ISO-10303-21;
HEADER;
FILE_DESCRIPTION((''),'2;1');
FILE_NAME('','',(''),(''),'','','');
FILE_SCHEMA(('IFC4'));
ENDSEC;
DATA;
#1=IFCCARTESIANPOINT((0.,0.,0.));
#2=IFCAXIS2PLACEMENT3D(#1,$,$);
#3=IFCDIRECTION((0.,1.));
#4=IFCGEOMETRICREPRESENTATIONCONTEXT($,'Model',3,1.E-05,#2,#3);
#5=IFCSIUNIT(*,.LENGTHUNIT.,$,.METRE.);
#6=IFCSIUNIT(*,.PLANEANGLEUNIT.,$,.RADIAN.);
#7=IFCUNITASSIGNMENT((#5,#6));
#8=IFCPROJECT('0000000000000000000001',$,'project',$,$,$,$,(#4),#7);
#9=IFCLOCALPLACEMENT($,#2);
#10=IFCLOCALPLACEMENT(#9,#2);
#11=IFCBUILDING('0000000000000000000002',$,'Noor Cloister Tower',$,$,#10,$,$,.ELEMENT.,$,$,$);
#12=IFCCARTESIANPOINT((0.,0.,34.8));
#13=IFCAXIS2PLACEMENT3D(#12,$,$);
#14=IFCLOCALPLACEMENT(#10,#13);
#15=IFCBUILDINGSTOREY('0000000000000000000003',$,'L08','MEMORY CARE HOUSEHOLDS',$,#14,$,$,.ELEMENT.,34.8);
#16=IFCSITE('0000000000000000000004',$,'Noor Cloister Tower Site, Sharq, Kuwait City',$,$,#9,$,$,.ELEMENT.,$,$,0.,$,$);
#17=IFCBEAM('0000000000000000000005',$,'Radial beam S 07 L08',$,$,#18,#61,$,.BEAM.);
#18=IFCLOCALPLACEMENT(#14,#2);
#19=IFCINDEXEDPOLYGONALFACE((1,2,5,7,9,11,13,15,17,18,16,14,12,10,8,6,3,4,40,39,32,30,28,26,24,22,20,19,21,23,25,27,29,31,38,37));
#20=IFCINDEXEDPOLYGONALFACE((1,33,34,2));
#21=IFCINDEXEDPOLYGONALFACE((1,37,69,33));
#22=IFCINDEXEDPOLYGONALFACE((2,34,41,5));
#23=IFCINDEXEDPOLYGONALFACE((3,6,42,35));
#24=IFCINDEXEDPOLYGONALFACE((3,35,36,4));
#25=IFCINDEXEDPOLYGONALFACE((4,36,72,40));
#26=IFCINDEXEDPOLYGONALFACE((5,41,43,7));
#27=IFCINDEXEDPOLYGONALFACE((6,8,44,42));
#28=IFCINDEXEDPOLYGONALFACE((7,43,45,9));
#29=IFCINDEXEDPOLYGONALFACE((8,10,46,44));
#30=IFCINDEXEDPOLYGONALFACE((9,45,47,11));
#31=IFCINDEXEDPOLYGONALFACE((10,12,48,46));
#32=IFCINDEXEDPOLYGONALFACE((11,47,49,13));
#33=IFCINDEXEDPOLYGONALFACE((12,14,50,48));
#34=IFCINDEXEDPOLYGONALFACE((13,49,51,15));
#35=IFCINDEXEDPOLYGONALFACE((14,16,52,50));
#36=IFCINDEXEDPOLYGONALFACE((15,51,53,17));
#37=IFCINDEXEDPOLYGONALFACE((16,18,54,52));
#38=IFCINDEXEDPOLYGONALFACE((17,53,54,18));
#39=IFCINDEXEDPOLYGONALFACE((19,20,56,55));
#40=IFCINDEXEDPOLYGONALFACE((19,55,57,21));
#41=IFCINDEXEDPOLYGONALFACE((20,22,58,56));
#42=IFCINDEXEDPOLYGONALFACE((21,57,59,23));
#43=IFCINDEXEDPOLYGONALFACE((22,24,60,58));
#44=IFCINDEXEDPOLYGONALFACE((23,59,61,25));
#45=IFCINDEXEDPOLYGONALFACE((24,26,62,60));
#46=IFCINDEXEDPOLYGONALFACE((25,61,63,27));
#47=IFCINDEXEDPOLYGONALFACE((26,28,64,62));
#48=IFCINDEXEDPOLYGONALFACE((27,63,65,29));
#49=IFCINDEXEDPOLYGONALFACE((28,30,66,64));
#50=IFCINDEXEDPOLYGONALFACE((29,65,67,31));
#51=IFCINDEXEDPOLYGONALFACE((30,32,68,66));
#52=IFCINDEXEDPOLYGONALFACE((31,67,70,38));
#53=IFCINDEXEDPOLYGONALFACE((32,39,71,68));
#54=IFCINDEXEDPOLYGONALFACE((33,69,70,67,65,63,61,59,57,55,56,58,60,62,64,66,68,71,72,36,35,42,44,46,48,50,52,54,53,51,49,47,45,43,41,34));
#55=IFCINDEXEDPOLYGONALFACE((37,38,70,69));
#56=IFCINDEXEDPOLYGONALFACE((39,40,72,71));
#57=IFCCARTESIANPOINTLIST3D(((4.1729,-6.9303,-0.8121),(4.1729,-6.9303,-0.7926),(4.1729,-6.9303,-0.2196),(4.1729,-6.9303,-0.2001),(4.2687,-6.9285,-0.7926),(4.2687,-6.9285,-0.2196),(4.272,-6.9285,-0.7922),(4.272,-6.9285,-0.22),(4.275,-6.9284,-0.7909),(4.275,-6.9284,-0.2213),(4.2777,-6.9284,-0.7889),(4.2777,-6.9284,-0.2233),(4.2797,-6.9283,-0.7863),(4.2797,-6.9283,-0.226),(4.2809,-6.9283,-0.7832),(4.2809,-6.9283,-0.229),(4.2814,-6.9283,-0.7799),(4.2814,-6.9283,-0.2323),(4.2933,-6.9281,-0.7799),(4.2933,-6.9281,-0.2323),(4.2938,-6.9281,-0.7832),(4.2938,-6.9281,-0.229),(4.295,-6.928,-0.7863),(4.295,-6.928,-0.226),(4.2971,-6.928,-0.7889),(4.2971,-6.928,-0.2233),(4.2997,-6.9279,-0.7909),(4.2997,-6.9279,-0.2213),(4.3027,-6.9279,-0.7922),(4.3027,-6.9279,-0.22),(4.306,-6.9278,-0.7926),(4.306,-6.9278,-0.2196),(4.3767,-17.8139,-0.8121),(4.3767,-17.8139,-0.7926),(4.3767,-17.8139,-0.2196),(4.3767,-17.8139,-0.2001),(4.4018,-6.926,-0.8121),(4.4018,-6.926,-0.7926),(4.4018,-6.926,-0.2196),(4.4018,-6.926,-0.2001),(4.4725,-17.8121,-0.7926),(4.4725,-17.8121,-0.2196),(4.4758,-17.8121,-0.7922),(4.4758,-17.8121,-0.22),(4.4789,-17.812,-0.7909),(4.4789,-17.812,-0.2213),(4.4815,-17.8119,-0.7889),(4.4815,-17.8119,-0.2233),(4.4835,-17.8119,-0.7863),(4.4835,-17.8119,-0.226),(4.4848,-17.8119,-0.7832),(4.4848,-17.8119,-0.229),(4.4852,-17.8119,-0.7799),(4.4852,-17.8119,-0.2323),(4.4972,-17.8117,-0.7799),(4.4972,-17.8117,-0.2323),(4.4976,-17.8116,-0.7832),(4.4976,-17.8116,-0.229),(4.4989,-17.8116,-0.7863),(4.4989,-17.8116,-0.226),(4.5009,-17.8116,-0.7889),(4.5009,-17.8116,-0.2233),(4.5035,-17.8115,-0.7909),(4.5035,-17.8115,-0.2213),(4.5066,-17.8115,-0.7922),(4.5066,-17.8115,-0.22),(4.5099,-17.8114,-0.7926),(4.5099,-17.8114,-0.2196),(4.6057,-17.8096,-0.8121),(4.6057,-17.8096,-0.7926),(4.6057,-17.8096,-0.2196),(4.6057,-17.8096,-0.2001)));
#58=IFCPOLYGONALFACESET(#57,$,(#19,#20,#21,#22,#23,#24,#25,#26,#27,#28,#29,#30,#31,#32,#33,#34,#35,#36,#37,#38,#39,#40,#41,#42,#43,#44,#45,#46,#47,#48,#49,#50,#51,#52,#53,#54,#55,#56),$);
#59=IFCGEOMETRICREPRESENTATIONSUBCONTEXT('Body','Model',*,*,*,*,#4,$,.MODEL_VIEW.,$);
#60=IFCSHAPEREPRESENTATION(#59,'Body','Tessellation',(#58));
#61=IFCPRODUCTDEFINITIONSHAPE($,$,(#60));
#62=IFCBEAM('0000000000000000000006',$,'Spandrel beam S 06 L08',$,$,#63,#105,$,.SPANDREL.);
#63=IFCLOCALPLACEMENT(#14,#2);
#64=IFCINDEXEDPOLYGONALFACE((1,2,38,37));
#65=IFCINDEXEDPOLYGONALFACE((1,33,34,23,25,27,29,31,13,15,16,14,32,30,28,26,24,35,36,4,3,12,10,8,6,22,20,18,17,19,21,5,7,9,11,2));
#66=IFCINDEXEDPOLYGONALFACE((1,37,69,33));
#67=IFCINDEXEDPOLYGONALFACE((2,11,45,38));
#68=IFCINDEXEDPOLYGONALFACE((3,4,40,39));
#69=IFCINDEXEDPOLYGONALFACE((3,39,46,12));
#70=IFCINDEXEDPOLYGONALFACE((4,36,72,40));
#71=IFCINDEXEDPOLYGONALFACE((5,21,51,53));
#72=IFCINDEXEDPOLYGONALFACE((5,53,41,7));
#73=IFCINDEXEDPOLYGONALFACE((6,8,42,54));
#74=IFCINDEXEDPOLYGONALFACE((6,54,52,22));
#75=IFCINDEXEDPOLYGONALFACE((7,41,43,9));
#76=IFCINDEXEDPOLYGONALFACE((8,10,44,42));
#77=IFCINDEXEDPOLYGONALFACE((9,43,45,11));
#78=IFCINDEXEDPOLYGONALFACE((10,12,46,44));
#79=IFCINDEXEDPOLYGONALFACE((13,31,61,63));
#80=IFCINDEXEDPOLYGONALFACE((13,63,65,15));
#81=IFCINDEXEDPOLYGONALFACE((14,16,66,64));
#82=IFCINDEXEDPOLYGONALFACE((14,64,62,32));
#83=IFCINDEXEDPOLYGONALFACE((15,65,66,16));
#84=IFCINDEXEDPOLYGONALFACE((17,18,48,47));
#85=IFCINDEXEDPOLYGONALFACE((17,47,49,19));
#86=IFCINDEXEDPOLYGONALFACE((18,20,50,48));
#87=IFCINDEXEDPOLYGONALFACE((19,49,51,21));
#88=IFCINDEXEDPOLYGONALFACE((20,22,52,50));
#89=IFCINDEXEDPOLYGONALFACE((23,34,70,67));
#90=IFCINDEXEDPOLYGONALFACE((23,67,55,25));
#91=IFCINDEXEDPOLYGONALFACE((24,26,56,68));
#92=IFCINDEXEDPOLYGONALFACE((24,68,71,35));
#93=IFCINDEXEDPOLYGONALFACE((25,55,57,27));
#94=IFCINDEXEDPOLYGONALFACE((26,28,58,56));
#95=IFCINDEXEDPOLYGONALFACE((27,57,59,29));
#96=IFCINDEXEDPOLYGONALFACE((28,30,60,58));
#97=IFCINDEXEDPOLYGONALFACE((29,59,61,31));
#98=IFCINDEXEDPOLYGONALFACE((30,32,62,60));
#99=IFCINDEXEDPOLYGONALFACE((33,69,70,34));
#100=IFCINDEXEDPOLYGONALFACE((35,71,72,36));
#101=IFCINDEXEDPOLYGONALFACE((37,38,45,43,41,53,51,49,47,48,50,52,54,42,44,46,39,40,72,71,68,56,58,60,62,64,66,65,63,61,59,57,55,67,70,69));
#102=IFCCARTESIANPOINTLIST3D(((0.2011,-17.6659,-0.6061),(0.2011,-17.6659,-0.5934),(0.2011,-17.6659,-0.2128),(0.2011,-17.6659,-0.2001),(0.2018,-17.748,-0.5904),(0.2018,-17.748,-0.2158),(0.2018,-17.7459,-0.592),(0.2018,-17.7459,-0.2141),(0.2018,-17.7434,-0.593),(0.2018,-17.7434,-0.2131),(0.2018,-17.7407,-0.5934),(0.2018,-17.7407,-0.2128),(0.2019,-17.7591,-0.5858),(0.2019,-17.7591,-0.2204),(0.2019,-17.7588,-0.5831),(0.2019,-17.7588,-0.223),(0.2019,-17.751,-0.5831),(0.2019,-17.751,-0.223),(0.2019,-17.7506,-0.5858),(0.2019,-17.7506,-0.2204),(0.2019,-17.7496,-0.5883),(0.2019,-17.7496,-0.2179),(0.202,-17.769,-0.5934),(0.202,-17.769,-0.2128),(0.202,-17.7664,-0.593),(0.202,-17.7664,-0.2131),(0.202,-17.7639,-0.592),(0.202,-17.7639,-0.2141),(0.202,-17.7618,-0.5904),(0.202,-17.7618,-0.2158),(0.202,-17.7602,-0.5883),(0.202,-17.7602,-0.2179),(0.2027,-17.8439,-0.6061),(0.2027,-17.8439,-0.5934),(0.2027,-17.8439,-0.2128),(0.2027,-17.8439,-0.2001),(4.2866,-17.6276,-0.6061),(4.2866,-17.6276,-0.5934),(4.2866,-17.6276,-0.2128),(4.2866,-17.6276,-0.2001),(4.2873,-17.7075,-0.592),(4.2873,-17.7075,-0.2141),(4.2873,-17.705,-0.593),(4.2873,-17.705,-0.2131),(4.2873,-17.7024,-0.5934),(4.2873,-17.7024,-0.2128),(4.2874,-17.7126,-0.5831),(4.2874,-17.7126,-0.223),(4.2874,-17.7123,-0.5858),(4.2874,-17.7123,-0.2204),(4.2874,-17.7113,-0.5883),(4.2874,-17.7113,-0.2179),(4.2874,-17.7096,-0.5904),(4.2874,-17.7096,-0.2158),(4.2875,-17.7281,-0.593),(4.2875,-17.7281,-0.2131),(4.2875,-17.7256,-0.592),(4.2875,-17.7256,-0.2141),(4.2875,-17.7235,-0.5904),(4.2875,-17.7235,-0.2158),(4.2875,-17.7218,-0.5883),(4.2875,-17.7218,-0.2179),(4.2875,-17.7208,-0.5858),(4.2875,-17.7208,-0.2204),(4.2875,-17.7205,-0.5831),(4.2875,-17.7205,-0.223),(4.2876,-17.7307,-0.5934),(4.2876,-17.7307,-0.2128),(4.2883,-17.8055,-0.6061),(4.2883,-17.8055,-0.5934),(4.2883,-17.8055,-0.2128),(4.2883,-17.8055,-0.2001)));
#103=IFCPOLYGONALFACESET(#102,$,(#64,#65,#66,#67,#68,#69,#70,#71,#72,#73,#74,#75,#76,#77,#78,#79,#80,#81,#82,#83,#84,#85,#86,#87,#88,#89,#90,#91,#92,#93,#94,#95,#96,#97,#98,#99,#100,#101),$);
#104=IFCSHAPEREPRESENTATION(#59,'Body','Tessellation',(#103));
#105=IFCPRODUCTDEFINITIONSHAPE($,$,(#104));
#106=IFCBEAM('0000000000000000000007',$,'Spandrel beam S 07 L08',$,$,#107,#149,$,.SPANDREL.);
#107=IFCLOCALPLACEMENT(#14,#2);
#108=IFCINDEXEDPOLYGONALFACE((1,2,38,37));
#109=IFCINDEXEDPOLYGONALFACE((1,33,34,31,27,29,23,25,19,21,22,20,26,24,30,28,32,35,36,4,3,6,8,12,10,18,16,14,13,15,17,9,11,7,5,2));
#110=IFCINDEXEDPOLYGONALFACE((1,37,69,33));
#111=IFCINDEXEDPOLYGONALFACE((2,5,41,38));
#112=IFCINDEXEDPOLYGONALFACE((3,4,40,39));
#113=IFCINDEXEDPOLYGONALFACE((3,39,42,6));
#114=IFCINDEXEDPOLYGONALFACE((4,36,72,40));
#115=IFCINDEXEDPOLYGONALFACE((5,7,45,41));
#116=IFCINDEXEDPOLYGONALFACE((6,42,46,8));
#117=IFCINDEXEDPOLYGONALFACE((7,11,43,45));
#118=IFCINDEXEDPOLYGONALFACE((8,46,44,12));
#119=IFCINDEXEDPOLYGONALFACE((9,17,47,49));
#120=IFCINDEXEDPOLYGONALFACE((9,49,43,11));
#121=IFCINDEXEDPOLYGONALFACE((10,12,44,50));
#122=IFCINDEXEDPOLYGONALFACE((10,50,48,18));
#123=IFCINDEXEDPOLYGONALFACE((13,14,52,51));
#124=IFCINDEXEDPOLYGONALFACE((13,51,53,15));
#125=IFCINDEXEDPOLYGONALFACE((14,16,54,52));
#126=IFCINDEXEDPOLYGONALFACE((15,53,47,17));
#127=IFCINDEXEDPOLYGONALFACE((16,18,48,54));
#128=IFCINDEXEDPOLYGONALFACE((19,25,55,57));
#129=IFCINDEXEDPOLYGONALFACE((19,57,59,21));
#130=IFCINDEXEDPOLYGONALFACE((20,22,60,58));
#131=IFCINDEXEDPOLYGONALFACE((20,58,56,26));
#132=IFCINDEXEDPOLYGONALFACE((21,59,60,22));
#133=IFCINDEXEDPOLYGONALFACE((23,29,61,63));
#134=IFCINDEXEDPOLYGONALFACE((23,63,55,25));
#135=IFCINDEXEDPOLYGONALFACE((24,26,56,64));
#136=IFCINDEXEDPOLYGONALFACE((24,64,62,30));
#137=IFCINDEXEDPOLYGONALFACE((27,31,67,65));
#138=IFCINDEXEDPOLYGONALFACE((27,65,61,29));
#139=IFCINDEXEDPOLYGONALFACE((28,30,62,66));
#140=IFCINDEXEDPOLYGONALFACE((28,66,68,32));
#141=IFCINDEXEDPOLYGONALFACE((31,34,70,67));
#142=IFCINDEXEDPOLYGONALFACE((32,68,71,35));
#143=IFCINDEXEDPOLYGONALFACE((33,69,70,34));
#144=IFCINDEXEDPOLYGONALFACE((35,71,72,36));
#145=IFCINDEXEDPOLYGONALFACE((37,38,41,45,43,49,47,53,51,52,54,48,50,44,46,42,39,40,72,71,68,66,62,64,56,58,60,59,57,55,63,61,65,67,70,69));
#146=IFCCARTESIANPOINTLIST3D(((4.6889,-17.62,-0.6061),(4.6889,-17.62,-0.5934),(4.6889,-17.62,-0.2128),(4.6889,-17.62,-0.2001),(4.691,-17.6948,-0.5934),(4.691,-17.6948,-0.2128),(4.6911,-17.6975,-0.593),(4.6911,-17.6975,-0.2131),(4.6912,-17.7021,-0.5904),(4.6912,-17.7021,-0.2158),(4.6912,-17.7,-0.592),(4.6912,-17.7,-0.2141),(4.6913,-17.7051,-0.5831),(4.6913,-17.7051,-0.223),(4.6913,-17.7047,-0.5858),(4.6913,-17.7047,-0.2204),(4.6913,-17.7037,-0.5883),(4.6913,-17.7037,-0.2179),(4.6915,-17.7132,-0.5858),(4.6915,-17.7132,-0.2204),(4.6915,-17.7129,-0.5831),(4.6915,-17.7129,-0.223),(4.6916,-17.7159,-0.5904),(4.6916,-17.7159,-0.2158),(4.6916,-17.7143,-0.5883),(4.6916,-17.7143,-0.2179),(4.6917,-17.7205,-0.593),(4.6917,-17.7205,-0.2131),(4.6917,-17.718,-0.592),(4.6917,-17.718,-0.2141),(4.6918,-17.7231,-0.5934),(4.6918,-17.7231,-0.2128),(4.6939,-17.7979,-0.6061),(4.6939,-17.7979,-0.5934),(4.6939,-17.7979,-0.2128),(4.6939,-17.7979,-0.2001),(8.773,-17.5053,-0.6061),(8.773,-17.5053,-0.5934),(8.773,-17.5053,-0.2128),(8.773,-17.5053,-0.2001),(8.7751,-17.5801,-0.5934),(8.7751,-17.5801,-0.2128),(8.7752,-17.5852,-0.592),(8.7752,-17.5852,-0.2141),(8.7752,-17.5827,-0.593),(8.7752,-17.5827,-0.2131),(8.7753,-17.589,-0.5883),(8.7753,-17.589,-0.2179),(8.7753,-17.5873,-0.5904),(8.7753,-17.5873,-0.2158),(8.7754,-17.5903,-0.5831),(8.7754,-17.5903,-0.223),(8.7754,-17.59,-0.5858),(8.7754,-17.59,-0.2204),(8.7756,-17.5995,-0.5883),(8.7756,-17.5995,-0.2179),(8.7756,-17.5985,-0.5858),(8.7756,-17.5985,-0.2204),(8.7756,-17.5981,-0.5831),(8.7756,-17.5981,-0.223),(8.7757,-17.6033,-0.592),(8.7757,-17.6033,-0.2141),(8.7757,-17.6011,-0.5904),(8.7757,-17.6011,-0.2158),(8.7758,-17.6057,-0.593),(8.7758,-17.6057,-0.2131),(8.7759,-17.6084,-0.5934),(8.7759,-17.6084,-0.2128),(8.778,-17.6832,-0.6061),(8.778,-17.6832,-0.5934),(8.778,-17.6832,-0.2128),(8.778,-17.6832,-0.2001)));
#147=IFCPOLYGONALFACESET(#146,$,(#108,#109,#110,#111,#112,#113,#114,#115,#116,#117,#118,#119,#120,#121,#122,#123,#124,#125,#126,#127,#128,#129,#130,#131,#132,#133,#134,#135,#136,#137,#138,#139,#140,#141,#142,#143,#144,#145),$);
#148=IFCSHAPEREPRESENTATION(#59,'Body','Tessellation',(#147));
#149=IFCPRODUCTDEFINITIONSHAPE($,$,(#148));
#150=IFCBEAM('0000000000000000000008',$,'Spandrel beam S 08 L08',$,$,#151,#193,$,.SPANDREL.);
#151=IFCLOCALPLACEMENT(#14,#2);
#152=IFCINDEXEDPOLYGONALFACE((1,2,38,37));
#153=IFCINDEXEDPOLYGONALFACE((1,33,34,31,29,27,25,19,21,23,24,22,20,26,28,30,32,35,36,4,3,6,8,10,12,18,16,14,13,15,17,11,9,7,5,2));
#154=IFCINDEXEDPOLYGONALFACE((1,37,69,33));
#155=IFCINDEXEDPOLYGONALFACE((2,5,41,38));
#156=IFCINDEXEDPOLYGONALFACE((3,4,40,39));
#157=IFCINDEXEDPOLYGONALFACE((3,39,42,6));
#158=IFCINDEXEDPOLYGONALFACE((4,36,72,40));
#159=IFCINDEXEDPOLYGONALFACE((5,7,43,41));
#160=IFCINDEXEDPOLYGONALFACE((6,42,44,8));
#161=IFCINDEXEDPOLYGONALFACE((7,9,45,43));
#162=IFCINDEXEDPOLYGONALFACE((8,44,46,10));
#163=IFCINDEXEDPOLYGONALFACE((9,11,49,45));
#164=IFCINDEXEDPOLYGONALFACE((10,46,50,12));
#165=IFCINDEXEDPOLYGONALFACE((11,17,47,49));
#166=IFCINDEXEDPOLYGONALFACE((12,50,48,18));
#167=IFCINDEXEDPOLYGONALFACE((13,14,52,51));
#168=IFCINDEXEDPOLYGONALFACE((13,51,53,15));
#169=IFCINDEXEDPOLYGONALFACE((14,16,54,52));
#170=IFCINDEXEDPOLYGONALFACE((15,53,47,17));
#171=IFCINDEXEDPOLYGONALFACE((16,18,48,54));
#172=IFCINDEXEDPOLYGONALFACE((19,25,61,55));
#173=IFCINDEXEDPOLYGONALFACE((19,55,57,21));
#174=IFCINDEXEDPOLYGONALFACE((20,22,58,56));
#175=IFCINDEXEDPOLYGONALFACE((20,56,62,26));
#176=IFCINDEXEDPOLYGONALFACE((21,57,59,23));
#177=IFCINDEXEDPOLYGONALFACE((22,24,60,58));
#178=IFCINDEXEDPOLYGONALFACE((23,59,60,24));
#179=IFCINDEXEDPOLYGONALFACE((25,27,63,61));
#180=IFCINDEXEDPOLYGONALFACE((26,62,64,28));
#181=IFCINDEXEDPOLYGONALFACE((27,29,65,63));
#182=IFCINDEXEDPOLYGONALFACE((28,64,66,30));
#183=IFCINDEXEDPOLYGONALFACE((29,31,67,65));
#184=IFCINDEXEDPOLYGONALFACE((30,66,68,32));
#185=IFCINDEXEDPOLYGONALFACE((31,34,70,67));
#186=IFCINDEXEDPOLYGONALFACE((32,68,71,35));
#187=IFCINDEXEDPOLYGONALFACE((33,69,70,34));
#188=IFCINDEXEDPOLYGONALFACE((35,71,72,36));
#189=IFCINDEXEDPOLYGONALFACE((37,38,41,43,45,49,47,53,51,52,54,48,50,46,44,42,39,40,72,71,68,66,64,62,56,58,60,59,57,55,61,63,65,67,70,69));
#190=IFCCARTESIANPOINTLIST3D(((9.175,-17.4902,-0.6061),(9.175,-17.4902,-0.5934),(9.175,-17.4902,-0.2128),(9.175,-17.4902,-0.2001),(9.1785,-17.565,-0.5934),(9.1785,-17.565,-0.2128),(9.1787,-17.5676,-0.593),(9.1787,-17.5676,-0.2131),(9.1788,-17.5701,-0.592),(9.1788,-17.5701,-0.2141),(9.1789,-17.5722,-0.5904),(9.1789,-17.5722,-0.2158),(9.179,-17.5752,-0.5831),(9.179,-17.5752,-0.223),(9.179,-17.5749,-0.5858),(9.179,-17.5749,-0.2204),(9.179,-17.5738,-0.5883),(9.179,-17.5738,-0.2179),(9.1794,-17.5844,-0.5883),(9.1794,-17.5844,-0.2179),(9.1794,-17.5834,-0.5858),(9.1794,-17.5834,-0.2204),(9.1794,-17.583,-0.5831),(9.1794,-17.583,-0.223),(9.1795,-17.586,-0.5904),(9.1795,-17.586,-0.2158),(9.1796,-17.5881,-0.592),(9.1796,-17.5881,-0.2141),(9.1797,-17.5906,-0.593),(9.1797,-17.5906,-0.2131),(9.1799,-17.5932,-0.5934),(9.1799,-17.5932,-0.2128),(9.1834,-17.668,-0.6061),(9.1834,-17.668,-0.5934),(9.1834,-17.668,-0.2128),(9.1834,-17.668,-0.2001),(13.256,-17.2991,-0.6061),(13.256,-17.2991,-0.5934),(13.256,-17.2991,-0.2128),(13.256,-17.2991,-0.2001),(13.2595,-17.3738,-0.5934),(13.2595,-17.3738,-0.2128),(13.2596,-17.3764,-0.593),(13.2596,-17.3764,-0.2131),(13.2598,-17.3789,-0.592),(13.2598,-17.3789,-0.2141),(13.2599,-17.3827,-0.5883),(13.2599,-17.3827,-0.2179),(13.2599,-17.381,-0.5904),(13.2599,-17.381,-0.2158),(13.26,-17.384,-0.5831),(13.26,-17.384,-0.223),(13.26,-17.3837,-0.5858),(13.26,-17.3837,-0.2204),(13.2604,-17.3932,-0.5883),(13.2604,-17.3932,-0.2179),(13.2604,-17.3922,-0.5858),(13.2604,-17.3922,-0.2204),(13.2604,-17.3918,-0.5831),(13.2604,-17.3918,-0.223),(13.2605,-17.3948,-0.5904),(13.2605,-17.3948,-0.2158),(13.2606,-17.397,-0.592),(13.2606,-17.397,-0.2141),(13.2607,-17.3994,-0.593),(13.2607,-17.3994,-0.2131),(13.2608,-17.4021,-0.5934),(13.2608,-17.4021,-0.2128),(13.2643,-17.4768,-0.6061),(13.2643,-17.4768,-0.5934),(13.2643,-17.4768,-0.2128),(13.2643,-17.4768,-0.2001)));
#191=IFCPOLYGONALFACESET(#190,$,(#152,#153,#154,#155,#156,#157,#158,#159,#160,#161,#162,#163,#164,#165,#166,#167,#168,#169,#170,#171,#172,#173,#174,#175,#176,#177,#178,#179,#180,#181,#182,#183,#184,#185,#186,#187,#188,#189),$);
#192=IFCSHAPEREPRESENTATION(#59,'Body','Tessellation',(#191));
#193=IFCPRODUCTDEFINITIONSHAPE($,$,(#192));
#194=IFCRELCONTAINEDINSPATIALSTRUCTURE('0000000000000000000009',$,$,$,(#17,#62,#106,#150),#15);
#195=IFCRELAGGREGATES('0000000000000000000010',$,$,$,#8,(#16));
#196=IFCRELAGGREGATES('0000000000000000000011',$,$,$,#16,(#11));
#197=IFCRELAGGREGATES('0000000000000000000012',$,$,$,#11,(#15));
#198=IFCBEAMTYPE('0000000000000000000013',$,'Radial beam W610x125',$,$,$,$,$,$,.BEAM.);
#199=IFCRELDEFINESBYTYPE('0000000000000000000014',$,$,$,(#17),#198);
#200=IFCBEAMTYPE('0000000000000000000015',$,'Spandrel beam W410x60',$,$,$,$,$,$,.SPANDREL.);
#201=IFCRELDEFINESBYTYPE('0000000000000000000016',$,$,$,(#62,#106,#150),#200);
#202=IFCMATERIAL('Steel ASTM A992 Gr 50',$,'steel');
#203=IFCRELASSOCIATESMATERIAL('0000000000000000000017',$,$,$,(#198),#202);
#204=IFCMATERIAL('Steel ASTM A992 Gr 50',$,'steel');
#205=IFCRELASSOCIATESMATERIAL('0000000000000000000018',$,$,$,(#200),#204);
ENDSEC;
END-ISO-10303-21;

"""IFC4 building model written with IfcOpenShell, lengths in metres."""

from ifc_helpers import new_model, si_unit, direction, frame, origin, origin_2d, place, context, subcontext, project, spatial, i_section, extrude, material, material_profile, profile_set, type_object, element, save


model = new_model("IFC4")

# Units and contexts
model_context = context("Model", 3, precision=1e-05, world=origin(), true_north=direction((0.0, 1.0)))
body_context = subcontext(model_context, "Body", "Model", "MODEL_VIEW")
ifc_project = project(units=[si_unit("LENGTHUNIT", "METRE"), si_unit("PLANEANGLEUNIT", "RADIAN")], contexts=[model_context])

# Site, building, storey
site_placement = place(None, origin())
site = spatial("IfcSite", under=ifc_project, at=site_placement, Name="Noor Cloister Tower Site, Sharq, Kuwait City", CompositionType="ELEMENT", RefElevation=0.0)
building_placement = place(site_placement, origin())
building = spatial("IfcBuilding", under=site, at=building_placement, Name="Noor Cloister Tower", CompositionType="ELEMENT")
storey_placement = place(building_placement, frame((0.0, 0.0, 34.8)))
storey = spatial("IfcBuildingStorey", under=building, at=storey_placement, Name="L08", Description="MEMORY CARE HOUSEHOLDS", CompositionType="ELEMENT", Elevation=34.8)

# Beams
ifc_material_1 = material(Name="Steel ASTM A992 Gr 50", Category="steel")
ifc_material_profile_1 = material_profile(ifc_material_1, i_section(OverallWidth=0.229, OverallDepth=0.6121, WebThickness=0.012, FlangeThickness=0.0195, FilletRadius=0.0127, at=origin_2d()), Name="W610x125")
ifc_profile_set_1 = profile_set([ifc_material_profile_1], Name="Steel ASTM A992 Gr 50")
beam_type_1 = type_object("IfcBeamType", Name="Radial beam W610x125", PredefinedType="BEAM", material=ifc_profile_set_1)
beam_1_placement = place(storey_placement, frame((4.4912, -17.8118, -0.5061), z_axis=(-0.018728, 0.999825, 0.0), x_axis=(-0.999825, -0.018728, 0.0)))
element("IfcBeam", 1, at=beam_1_placement, inside=storey, type_object=beam_type_1, Name="Radial beam S 07 L08", PredefinedType="BEAM", context=body_context, shape_type="SweptSolid", body=[
    extrude(i_section(OverallWidth=0.229, OverallDepth=0.6121, WebThickness=0.012, FlangeThickness=0.0195, FilletRadius=0.0127, at=origin_2d()), origin(), (0.0, 0.0, 1.0), 10.8855),
])
ifc_material_2 = material(Name="Steel ASTM A992 Gr 50", Category="steel")
ifc_material_profile_2 = material_profile(ifc_material_2, i_section(OverallWidth=0.178, OverallDepth=0.406, WebThickness=0.0078, FlangeThickness=0.0127, FilletRadius=0.0103, at=origin_2d()), Name="W410x60")
ifc_profile_set_2 = profile_set([ifc_material_profile_2], Name="Steel ASTM A992 Gr 50")
beam_type_2 = type_object("IfcBeamType", Name="Spandrel beam W410x60", PredefinedType="SPANDREL", material=ifc_profile_set_2)
for number, where, z_axis, x_axis, name in (
    (2, (0.2019, -17.7549, -0.4031), (0.999956, 0.009382, 0.0), (-0.009382, 0.999956, 0.0), "Spandrel beam S 06 L08"),
    (3, (4.6914, -17.709, -0.4031), (0.999606, 0.028086, 0.0), (-0.028086, 0.999606, 0.0), "Spandrel beam S 07 L08"),
):
    element("IfcBeam", number, at=place(storey_placement, frame(where, z_axis=z_axis, x_axis=x_axis)), inside=storey, type_object=beam_type_2, Name=name, PredefinedType="SPANDREL", context=body_context, shape_type="SweptSolid", body=[
        extrude(i_section(OverallWidth=0.178, OverallDepth=0.406, WebThickness=0.0078, FlangeThickness=0.0127, FilletRadius=0.0103, at=origin_2d()), origin(), (0.0, 0.0, 1.0), 4.0857),
    ])
beam_2_placement = place(storey_placement, frame((9.1792, -17.5791, -0.4031), z_axis=(0.998905, 0.04679, 0.0), x_axis=(-0.04679, 0.998905, 0.0)))
element("IfcBeam", 4, at=beam_2_placement, inside=storey, type_object=beam_type_2, Name="Spandrel beam S 08 L08", PredefinedType="SPANDREL", context=body_context, shape_type="SweptSolid", body=[
    extrude(i_section(OverallWidth=0.178, OverallDepth=0.406, WebThickness=0.0078, FlangeThickness=0.0127, FilletRadius=0.0103, at=origin_2d()), origin(), (0.0, 0.0, 1.0), 4.0854),
])

save(model, "model.ifc")
